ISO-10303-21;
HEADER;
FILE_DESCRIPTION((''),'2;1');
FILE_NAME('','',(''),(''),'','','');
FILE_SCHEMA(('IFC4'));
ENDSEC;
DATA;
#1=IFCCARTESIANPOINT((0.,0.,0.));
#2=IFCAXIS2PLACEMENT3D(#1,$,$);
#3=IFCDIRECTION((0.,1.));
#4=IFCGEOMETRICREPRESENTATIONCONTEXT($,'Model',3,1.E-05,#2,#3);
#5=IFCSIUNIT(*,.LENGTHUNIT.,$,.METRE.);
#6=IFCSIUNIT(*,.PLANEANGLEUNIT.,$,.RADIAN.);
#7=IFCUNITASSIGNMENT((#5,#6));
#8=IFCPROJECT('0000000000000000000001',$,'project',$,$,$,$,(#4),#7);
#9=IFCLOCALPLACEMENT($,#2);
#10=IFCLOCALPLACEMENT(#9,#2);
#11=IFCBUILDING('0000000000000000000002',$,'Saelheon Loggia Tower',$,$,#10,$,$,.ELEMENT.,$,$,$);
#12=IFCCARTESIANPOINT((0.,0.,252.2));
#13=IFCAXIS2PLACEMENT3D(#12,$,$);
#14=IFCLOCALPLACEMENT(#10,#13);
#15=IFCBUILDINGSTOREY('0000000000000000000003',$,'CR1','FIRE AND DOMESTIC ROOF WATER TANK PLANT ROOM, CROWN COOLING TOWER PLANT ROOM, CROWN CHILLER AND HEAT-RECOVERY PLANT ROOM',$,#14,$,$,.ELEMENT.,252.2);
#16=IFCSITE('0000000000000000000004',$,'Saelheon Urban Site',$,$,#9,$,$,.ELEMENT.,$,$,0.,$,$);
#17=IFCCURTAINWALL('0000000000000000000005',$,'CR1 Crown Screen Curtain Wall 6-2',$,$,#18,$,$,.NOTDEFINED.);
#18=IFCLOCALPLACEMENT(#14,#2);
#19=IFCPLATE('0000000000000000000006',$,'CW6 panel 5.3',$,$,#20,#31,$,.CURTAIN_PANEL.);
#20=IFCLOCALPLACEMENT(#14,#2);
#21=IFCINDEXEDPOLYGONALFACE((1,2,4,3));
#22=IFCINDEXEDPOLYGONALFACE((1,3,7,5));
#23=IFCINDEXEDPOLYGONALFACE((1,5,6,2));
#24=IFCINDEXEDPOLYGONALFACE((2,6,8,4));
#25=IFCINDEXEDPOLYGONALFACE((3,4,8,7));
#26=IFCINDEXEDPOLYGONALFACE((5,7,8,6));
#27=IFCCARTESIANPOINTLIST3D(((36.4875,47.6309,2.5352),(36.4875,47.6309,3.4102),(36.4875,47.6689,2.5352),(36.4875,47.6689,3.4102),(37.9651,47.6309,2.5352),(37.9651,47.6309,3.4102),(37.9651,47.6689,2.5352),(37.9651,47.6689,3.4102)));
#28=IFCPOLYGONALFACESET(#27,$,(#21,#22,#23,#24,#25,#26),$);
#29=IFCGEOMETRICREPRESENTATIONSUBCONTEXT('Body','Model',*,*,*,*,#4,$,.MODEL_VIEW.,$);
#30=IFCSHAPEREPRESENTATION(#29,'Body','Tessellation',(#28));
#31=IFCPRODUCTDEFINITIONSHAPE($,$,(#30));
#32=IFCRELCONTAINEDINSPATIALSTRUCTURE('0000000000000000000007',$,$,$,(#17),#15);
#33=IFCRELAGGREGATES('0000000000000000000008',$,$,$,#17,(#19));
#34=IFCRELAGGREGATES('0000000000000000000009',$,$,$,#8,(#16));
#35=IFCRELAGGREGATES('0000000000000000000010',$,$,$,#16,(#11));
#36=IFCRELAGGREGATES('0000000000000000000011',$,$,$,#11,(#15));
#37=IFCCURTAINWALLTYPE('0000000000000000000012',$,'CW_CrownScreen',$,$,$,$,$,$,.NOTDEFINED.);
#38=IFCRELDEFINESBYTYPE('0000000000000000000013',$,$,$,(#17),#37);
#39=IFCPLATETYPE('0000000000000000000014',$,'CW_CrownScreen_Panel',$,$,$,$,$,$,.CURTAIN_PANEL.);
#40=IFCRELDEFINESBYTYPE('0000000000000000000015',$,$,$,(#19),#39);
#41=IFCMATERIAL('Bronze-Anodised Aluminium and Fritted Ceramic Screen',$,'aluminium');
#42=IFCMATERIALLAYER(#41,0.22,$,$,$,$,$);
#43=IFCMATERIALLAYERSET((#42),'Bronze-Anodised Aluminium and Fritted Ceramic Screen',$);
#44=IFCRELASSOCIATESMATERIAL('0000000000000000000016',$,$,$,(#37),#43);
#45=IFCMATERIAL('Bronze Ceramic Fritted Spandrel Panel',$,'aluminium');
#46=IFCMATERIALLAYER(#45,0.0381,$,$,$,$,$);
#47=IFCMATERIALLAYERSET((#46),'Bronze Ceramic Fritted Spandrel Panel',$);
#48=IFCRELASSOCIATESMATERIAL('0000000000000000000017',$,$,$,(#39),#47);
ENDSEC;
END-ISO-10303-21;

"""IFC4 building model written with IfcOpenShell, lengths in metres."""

from ifc_helpers import new_model, si_unit, direction, frame, origin, origin_2d, place, context, subcontext, project, spatial, rectangle, extrude, source, transform, mapped, material, layer, layer_set, type_object, element, aggregate, save


model = new_model("IFC4")

# Units and contexts
model_context = context("Model", 3, precision=1e-05, world=origin(), true_north=direction((0.0, 1.0)))
body_context = subcontext(model_context, "Body", "Model", "MODEL_VIEW")
ifc_project = project(units=[si_unit("LENGTHUNIT", "METRE"), si_unit("PLANEANGLEUNIT", "RADIAN")], contexts=[model_context])

# Site, building, storey
site_placement = place(None, origin())
site = spatial("IfcSite", under=ifc_project, at=site_placement, Name="Saelheon Urban Site", CompositionType="ELEMENT", RefElevation=0.0)
building_placement = place(site_placement, origin())
building = spatial("IfcBuilding", under=site, at=building_placement, Name="Saelheon Loggia Tower", CompositionType="ELEMENT")
storey_placement = place(building_placement, frame((0.0, 0.0, 252.2)))
storey = spatial("IfcBuildingStorey", under=building, at=storey_placement, Name="CR1", Description="FIRE AND DOMESTIC ROOF WATER TANK PLANT ROOM, CROWN COOLING TOWER PLANT ROOM, CROWN CHILLER AND HEAT-RECOVERY PLANT ROOM", CompositionType="ELEMENT", Elevation=252.2)

# Curtain wall, plate
ifc_material_1 = material(Name="Bronze-Anodised Aluminium and Fritted Ceramic Screen", Category="aluminium")
ifc_layer_1 = layer(ifc_material_1, 0.22)
ifc_layer_set_1 = layer_set([ifc_layer_1], Name="Bronze-Anodised Aluminium and Fritted Ceramic Screen")
curtain_wall_type = type_object("IfcCurtainWallType", Name="CW_CrownScreen", PredefinedType="NOTDEFINED", material=ifc_layer_set_1)
curtain_wall_placement = place(storey_placement, origin())
curtain_wall = element("IfcCurtainWall", 1, at=curtain_wall_placement, inside=storey, type_object=curtain_wall_type, Name="CR1 Crown Screen Curtain Wall 6-2", PredefinedType="NOTDEFINED")
ifc_material_2 = material(Name="Bronze Ceramic Fritted Spandrel Panel", Category="aluminium")
ifc_layer_2 = layer(ifc_material_2, 0.0381)
ifc_layer_set_2 = layer_set([ifc_layer_2], Name="Bronze Ceramic Fritted Spandrel Panel")
plate_type = type_object("IfcPlateType", Name="CW_CrownScreen_Panel", PredefinedType="CURTAIN_PANEL", material=ifc_layer_set_2)
shared_shape_1 = source(origin(), body_context, "Body", "SweptSolid", [
    extrude(rectangle(XDim=1.4775, YDim=0.0381, at=origin_2d()), origin(), (0.0, 0.0, 1.0), 0.875),
])
plate_1_placement = place(storey_placement, frame((37.2263, 47.6499, 2.5352), z_axis=(0.0, 0.0, 1.0), x_axis=(-1.0, 0.0, 0.0)))
plate_1 = element("IfcPlate", 2, at=plate_1_placement, type_object=plate_type, Name="CW6 panel 5.3", PredefinedType="CURTAIN_PANEL", context=body_context, shape_type="MappedRepresentation", body=[
    mapped(shared_shape_1, transform((0.0, 0.0, 0.0), scale=1.0)),
])
aggregate(curtain_wall, [plate_1])

save(model, "model.ifc")
